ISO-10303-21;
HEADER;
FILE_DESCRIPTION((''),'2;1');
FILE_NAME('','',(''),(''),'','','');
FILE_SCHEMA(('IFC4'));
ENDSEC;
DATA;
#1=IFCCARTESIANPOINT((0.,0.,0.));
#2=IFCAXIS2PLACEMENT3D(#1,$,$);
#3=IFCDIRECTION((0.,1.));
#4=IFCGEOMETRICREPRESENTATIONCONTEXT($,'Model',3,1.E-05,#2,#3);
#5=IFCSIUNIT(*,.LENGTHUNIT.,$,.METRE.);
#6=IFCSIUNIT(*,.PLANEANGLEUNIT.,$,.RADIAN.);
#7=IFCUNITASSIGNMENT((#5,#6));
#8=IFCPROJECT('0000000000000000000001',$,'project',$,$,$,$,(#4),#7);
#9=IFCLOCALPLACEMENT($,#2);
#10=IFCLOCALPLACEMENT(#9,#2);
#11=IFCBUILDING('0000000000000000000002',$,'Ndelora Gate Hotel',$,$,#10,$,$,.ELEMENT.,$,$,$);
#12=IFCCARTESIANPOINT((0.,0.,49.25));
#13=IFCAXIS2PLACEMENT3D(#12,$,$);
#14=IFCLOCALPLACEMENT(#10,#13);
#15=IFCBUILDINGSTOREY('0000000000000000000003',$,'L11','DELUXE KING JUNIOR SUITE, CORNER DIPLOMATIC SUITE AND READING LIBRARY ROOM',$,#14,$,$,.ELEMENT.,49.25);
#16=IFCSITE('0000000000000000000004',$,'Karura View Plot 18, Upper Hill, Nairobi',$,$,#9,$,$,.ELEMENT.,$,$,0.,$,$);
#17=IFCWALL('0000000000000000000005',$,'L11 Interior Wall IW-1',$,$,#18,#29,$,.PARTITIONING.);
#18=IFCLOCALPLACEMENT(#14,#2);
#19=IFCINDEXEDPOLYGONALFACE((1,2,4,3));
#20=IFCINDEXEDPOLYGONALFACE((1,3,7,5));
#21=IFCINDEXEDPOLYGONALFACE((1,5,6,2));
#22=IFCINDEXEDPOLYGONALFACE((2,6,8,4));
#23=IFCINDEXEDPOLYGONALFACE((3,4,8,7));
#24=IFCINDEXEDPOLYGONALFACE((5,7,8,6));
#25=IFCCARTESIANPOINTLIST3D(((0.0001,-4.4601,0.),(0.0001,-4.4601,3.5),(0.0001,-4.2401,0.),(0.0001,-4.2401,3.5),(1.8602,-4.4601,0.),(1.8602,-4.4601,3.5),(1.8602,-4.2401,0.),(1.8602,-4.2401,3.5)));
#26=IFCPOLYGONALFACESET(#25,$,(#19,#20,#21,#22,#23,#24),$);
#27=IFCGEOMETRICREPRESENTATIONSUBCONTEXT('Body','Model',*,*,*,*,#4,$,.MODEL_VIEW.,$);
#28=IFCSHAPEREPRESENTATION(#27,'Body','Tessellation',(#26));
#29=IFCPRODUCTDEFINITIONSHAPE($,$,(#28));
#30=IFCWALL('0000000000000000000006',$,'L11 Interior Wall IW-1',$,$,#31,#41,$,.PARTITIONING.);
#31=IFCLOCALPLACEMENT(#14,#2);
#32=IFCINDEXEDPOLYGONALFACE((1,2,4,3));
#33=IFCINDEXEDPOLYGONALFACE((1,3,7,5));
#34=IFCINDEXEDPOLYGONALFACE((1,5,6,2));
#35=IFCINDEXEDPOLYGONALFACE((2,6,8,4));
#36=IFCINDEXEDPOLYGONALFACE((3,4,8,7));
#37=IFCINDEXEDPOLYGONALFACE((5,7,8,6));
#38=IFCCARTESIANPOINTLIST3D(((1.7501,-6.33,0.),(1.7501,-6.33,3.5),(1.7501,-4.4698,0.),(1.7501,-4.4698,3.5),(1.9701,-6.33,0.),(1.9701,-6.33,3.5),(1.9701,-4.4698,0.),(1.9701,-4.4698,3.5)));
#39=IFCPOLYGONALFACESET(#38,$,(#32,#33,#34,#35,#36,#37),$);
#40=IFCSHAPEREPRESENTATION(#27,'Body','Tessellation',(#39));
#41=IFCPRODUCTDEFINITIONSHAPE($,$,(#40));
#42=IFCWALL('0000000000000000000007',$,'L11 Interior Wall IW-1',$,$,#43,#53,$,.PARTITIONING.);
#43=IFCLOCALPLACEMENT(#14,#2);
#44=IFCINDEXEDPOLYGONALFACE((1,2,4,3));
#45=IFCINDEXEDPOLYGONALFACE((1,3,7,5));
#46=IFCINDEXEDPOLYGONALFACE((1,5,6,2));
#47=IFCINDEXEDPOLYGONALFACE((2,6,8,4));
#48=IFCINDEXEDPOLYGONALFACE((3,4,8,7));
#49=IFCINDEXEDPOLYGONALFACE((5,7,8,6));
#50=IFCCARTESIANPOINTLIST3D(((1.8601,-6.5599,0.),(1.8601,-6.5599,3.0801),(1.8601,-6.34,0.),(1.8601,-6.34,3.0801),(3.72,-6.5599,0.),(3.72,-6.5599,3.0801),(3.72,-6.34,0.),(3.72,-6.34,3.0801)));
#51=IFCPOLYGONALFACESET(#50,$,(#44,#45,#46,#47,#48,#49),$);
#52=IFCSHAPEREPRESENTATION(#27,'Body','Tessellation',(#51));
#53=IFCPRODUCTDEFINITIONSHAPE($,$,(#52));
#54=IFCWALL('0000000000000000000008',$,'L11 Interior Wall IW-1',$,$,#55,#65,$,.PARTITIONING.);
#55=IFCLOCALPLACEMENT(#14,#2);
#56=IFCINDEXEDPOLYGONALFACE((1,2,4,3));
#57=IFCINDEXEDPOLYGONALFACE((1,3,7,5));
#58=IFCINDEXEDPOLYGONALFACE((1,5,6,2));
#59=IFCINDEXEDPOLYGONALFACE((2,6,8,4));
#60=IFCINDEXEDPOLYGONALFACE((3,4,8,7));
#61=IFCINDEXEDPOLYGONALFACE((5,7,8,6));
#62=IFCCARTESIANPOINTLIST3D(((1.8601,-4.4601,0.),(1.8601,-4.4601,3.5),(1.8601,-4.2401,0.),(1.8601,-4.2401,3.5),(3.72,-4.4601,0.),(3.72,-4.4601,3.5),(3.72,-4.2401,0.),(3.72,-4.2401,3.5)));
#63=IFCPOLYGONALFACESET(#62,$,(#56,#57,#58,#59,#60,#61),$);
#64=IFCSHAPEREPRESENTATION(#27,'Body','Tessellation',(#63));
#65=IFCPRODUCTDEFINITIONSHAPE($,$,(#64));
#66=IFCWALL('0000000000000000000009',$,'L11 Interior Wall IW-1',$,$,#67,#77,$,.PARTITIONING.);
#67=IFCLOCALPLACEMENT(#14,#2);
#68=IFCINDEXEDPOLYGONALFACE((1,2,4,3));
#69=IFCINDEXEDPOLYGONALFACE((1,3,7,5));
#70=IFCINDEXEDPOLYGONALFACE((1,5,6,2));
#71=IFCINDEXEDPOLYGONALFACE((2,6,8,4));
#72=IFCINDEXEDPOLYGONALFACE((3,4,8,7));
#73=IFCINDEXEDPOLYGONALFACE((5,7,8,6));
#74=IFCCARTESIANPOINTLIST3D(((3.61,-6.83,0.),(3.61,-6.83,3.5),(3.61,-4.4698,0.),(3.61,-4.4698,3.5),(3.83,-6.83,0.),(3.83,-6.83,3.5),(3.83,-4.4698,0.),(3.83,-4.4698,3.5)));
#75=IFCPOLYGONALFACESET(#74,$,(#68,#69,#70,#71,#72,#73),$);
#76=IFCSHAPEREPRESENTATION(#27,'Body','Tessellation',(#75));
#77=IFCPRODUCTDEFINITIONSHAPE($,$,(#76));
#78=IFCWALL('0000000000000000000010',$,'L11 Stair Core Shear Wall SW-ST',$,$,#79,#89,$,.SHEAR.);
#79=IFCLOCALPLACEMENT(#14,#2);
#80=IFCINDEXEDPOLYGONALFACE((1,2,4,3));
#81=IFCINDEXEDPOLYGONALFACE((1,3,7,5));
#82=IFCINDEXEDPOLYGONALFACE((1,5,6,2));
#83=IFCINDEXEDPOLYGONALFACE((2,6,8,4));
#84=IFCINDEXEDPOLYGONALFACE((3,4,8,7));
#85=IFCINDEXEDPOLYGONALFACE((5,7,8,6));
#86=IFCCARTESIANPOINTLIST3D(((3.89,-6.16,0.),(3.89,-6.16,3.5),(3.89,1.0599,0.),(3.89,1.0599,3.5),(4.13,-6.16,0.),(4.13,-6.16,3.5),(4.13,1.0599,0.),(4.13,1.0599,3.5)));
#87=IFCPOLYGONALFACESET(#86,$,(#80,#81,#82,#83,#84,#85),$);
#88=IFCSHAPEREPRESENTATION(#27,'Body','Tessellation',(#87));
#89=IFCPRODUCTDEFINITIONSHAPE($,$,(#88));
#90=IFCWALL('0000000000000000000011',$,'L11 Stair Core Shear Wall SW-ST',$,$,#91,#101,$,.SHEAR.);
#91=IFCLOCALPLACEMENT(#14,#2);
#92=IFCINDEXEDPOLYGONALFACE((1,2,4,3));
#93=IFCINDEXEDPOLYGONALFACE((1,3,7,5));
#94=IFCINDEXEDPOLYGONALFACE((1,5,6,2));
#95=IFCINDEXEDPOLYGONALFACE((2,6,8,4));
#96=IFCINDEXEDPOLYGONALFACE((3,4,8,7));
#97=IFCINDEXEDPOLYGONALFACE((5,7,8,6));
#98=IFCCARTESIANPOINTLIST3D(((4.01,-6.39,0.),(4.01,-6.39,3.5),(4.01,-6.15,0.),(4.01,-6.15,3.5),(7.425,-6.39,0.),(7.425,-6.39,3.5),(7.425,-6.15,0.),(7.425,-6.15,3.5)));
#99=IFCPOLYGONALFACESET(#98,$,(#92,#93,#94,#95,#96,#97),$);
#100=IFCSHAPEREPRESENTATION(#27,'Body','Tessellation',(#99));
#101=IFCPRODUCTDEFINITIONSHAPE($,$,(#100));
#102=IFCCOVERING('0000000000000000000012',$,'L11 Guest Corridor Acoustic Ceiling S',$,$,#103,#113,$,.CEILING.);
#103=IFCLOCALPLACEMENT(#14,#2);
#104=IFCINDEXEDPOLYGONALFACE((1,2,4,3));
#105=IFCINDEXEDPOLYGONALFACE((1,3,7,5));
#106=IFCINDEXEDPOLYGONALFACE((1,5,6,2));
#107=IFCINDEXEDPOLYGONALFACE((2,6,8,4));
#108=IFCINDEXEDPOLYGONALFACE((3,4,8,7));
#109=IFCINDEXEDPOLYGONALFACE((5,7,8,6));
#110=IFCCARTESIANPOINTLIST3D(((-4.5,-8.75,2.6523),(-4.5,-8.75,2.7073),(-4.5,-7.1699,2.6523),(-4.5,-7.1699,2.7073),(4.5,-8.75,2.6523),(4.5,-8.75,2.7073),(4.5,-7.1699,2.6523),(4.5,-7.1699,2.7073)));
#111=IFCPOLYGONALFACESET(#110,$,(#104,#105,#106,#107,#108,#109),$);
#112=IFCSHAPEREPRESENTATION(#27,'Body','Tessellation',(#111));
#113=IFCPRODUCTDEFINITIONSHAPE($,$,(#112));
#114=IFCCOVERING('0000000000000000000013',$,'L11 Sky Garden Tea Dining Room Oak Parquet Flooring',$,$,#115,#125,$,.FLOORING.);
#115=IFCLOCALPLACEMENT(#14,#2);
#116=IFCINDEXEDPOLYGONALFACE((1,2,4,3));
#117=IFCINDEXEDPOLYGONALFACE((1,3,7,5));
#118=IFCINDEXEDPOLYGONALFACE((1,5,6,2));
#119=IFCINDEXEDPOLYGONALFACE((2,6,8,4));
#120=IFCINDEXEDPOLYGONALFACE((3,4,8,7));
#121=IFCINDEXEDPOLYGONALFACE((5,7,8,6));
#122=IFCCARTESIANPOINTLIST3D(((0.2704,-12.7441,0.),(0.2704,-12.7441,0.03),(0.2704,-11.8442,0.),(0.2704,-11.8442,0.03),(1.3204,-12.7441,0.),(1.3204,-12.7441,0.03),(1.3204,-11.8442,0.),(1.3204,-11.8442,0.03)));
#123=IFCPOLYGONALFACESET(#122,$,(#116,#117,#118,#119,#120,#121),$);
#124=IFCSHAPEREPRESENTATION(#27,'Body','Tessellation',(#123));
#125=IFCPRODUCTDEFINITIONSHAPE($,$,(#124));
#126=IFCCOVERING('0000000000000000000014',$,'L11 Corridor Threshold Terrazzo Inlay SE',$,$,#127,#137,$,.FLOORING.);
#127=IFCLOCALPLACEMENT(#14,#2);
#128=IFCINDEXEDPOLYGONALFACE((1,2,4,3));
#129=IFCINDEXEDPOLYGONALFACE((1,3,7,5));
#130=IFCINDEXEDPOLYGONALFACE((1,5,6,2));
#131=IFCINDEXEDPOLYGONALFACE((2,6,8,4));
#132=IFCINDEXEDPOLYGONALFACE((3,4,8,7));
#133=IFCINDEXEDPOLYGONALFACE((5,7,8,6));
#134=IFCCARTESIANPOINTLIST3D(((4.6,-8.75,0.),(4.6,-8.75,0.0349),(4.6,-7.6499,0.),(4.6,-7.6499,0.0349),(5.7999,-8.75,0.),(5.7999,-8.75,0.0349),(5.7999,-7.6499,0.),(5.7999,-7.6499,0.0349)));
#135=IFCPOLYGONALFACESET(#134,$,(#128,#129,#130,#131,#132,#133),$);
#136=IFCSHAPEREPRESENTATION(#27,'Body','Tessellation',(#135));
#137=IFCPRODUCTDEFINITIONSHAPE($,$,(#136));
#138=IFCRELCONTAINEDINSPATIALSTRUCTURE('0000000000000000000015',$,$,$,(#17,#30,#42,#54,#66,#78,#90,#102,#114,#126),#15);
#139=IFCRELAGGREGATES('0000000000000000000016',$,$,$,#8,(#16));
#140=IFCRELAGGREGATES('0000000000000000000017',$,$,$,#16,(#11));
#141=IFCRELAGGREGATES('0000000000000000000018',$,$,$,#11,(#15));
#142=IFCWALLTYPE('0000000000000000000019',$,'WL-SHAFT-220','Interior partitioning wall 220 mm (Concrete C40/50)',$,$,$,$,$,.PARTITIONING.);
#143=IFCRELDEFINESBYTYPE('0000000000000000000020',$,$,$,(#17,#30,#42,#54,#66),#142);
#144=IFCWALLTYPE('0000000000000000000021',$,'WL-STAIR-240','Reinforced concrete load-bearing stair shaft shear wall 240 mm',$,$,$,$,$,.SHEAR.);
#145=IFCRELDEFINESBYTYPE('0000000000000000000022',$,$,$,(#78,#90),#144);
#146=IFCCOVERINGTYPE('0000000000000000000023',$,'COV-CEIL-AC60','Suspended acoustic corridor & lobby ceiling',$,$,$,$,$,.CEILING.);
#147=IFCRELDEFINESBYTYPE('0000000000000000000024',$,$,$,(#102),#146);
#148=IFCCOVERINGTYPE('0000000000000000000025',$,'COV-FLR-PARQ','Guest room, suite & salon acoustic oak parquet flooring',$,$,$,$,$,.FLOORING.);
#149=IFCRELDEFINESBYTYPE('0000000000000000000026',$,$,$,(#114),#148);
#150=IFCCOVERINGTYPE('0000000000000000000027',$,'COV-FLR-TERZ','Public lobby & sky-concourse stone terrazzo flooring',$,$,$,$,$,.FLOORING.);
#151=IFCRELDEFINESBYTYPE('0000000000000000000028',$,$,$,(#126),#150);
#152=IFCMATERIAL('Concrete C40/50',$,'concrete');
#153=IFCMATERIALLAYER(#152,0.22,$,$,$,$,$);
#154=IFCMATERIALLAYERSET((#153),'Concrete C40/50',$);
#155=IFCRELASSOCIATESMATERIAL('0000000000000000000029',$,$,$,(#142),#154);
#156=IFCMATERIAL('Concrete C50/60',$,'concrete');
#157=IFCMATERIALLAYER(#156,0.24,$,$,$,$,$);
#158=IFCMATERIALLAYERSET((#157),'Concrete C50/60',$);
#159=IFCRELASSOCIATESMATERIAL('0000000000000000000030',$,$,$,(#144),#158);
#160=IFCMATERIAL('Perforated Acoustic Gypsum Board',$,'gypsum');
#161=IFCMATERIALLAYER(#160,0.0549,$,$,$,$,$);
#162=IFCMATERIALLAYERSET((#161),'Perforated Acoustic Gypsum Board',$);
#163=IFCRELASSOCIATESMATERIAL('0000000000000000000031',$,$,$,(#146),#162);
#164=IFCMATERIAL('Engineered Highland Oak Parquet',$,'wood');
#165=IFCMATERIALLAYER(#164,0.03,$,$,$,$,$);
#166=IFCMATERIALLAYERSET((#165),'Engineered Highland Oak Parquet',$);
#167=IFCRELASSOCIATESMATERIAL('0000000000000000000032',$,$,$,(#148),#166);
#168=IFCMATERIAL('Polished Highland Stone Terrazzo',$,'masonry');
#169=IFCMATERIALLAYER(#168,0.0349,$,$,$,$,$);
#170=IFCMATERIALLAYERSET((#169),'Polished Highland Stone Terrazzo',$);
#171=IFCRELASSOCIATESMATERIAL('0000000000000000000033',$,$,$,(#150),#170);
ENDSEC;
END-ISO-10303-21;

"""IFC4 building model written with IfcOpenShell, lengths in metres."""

from ifc_helpers import new_model, si_unit, direction, frame, frame_2d, origin, origin_2d, place, context, subcontext, project, spatial, rectangle, extrude, material, layer, layer_set, type_object, element, save


model = new_model("IFC4")

# Units and contexts
model_context = context("Model", 3, precision=1e-05, world=origin(), true_north=direction((0.0, 1.0)))
body_context = subcontext(model_context, "Body", "Model", "MODEL_VIEW")
ifc_project = project(units=[si_unit("LENGTHUNIT", "METRE"), si_unit("PLANEANGLEUNIT", "RADIAN")], contexts=[model_context])

# Site, building, storey
site_placement = place(None, origin())
site = spatial("IfcSite", under=ifc_project, at=site_placement, Name="Karura View Plot 18, Upper Hill, Nairobi", CompositionType="ELEMENT", RefElevation=0.0)
building_placement = place(site_placement, origin())
building = spatial("IfcBuilding", under=site, at=building_placement, Name="Ndelora Gate Hotel", CompositionType="ELEMENT")
storey_placement = place(building_placement, frame((0.0, 0.0, 49.25)))
storey = spatial("IfcBuildingStorey", under=building, at=storey_placement, Name="L11", Description="DELUXE KING JUNIOR SUITE, CORNER DIPLOMATIC SUITE AND READING LIBRARY ROOM", CompositionType="ELEMENT", Elevation=49.25)

# Walls
ifc_material_1 = material(Name="Concrete C40/50", Category="concrete")
ifc_layer_1 = layer(ifc_material_1, 0.22)
ifc_layer_set_1 = layer_set([ifc_layer_1], Name="Concrete C40/50")
wall_type_1 = type_object("IfcWallType", Name="WL-SHAFT-220", Description="Interior partitioning wall 220 mm (Concrete C40/50)", PredefinedType="PARTITIONING", material=ifc_layer_set_1)
for number, where, z_axis, x_axis, name in (
    (1, (0.0, -4.3501, 0.0), (0.0, 0.0, 1.0), (1.0, 0.0, 0.0), "L11 Interior Wall IW-1"),
    (2, (1.8601, -6.3301, 0.0), (0.0, 0.0, 1.0), (0.0, 1.0, 0.0), "L11 Interior Wall IW-1"),
):
    element("IfcWall", number, at=place(storey_placement, frame(where, z_axis=z_axis, x_axis=x_axis)), inside=storey, type_object=wall_type_1, Name=name, PredefinedType="PARTITIONING", context=body_context, shape_type="SweptSolid", body=[
        extrude(rectangle(XDim=1.8601, YDim=0.22, at=frame_2d((0.9302, 0.0))), origin(), (0.0, 0.0, 1.0), 3.5),
    ])
wall_1_placement = place(storey_placement, frame((1.8601, -6.45, 0.0), z_axis=(0.0, 0.0, 1.0), x_axis=(1.0, 0.0, 0.0)))
element("IfcWall", 3, at=wall_1_placement, inside=storey, type_object=wall_type_1, Name="L11 Interior Wall IW-1", PredefinedType="PARTITIONING", context=body_context, shape_type="SweptSolid", body=[
    extrude(rectangle(XDim=1.8599, YDim=0.22, at=frame_2d((0.9299, 0.0))), origin(), (0.0, 0.0, 1.0), 3.0801),
])
wall_2_placement = place(storey_placement, frame((1.8601, -4.3501, 0.0), z_axis=(0.0, 0.0, 1.0), x_axis=(1.0, 0.0, 0.0)))
element("IfcWall", 4, at=wall_2_placement, inside=storey, type_object=wall_type_1, Name="L11 Interior Wall IW-1", PredefinedType="PARTITIONING", context=body_context, shape_type="SweptSolid", body=[
    extrude(rectangle(XDim=1.8599, YDim=0.22, at=frame_2d((0.9299, 0.0))), origin(), (0.0, 0.0, 1.0), 3.5),
])
wall_3_placement = place(storey_placement, frame((3.72, -6.8301, 0.0), z_axis=(0.0, 0.0, 1.0), x_axis=(0.0, 1.0, 0.0)))
element("IfcWall", 5, at=wall_3_placement, inside=storey, type_object=wall_type_1, Name="L11 Interior Wall IW-1", PredefinedType="PARTITIONING", context=body_context, shape_type="SweptSolid", body=[
    extrude(rectangle(XDim=2.3601, YDim=0.22, at=frame_2d((1.1802, 0.0))), origin(), (0.0, 0.0, 1.0), 3.5),
])
ifc_material_2 = material(Name="Concrete C50/60", Category="concrete")
ifc_layer_2 = layer(ifc_material_2, 0.24)
ifc_layer_set_2 = layer_set([ifc_layer_2], Name="Concrete C50/60")
wall_type_2 = type_object("IfcWallType", Name="WL-STAIR-240", Description="Reinforced concrete load-bearing stair shaft shear wall 240 mm", PredefinedType="SHEAR", material=ifc_layer_set_2)
wall_4_placement = place(storey_placement, frame((4.01, -6.1599, 0.0), z_axis=(0.0, 0.0, 1.0), x_axis=(0.0, 1.0, 0.0)))
element("IfcWall", 6, at=wall_4_placement, inside=storey, type_object=wall_type_2, Name="L11 Stair Core Shear Wall SW-ST", PredefinedType="SHEAR", context=body_context, shape_type="SweptSolid", body=[
    extrude(rectangle(XDim=7.22, YDim=0.24, at=frame_2d((3.6099, 0.0))), origin(), (0.0, 0.0, 1.0), 3.5),
])
wall_5_placement = place(storey_placement, frame((4.01, -6.27, 0.0), z_axis=(0.0, 0.0, 1.0), x_axis=(1.0, 0.0, 0.0)))
element("IfcWall", 7, at=wall_5_placement, inside=storey, type_object=wall_type_2, Name="L11 Stair Core Shear Wall SW-ST", PredefinedType="SHEAR", context=body_context, shape_type="SweptSolid", body=[
    extrude(rectangle(XDim=3.415, YDim=0.24, at=frame_2d((1.7075, 0.0))), origin(), (0.0, 0.0, 1.0), 3.5),
])

# Coverings
ifc_material_3 = material(Name="Perforated Acoustic Gypsum Board", Category="gypsum")
ifc_layer_3 = layer(ifc_material_3, 0.0549)
ifc_layer_set_3 = layer_set([ifc_layer_3], Name="Perforated Acoustic Gypsum Board")
covering_type_1 = type_object("IfcCoveringType", Name="COV-CEIL-AC60", Description="Suspended acoustic corridor & lobby ceiling", PredefinedType="CEILING", material=ifc_layer_set_3)
covering_1_placement = place(storey_placement, frame((0.0, -7.96, 2.6523), z_axis=(0.0, 0.0, 1.0), x_axis=(1.0, 0.0, 0.0)))
element("IfcCovering", 8, at=covering_1_placement, inside=storey, type_object=covering_type_1, Name="L11 Guest Corridor Acoustic Ceiling S", PredefinedType="CEILING", context=body_context, shape_type="SweptSolid", body=[
    extrude(rectangle(XDim=9.0, YDim=1.5801, at=origin_2d()), origin(), (0.0, 0.0, 1.0), 0.0549),
])
ifc_material_4 = material(Name="Engineered Highland Oak Parquet", Category="wood")
ifc_layer_4 = layer(ifc_material_4, 0.03)
ifc_layer_set_4 = layer_set([ifc_layer_4], Name="Engineered Highland Oak Parquet")
covering_type_2 = type_object("IfcCoveringType", Name="COV-FLR-PARQ", Description="Guest room, suite & salon acoustic oak parquet flooring", PredefinedType="FLOORING", material=ifc_layer_set_4)
covering_2_placement = place(storey_placement, frame((0.7954, -12.2942, 0.0), z_axis=(0.0, 0.0, 1.0), x_axis=(1.0, 0.0, 0.0)))
element("IfcCovering", 9, at=covering_2_placement, inside=storey, type_object=covering_type_2, Name="L11 Sky Garden Tea Dining Room Oak Parquet Flooring", PredefinedType="FLOORING", context=body_context, shape_type="SweptSolid", body=[
    extrude(rectangle(XDim=1.05, YDim=0.8999, at=origin_2d()), origin(), (0.0, 0.0, 1.0), 0.03),
])
ifc_material_5 = material(Name="Polished Highland Stone Terrazzo", Category="masonry")
ifc_layer_5 = layer(ifc_material_5, 0.0349)
ifc_layer_set_5 = layer_set([ifc_layer_5], Name="Polished Highland Stone Terrazzo")
covering_type_3 = type_object("IfcCoveringType", Name="COV-FLR-TERZ", Description="Public lobby & sky-concourse stone terrazzo flooring", PredefinedType="FLOORING", material=ifc_layer_set_5)
covering_3_placement = place(storey_placement, frame((5.2, -8.2, 0.0), z_axis=(0.0, 0.0, 1.0), x_axis=(1.0, 0.0, 0.0)))
element("IfcCovering", 10, at=covering_3_placement, inside=storey, type_object=covering_type_3, Name="L11 Corridor Threshold Terrazzo Inlay SE", PredefinedType="FLOORING", context=body_context, shape_type="SweptSolid", body=[
    extrude(rectangle(XDim=1.2, YDim=1.1001, at=origin_2d()), origin(), (0.0, 0.0, 1.0), 0.0349),
])

save(model, "model.ifc")
